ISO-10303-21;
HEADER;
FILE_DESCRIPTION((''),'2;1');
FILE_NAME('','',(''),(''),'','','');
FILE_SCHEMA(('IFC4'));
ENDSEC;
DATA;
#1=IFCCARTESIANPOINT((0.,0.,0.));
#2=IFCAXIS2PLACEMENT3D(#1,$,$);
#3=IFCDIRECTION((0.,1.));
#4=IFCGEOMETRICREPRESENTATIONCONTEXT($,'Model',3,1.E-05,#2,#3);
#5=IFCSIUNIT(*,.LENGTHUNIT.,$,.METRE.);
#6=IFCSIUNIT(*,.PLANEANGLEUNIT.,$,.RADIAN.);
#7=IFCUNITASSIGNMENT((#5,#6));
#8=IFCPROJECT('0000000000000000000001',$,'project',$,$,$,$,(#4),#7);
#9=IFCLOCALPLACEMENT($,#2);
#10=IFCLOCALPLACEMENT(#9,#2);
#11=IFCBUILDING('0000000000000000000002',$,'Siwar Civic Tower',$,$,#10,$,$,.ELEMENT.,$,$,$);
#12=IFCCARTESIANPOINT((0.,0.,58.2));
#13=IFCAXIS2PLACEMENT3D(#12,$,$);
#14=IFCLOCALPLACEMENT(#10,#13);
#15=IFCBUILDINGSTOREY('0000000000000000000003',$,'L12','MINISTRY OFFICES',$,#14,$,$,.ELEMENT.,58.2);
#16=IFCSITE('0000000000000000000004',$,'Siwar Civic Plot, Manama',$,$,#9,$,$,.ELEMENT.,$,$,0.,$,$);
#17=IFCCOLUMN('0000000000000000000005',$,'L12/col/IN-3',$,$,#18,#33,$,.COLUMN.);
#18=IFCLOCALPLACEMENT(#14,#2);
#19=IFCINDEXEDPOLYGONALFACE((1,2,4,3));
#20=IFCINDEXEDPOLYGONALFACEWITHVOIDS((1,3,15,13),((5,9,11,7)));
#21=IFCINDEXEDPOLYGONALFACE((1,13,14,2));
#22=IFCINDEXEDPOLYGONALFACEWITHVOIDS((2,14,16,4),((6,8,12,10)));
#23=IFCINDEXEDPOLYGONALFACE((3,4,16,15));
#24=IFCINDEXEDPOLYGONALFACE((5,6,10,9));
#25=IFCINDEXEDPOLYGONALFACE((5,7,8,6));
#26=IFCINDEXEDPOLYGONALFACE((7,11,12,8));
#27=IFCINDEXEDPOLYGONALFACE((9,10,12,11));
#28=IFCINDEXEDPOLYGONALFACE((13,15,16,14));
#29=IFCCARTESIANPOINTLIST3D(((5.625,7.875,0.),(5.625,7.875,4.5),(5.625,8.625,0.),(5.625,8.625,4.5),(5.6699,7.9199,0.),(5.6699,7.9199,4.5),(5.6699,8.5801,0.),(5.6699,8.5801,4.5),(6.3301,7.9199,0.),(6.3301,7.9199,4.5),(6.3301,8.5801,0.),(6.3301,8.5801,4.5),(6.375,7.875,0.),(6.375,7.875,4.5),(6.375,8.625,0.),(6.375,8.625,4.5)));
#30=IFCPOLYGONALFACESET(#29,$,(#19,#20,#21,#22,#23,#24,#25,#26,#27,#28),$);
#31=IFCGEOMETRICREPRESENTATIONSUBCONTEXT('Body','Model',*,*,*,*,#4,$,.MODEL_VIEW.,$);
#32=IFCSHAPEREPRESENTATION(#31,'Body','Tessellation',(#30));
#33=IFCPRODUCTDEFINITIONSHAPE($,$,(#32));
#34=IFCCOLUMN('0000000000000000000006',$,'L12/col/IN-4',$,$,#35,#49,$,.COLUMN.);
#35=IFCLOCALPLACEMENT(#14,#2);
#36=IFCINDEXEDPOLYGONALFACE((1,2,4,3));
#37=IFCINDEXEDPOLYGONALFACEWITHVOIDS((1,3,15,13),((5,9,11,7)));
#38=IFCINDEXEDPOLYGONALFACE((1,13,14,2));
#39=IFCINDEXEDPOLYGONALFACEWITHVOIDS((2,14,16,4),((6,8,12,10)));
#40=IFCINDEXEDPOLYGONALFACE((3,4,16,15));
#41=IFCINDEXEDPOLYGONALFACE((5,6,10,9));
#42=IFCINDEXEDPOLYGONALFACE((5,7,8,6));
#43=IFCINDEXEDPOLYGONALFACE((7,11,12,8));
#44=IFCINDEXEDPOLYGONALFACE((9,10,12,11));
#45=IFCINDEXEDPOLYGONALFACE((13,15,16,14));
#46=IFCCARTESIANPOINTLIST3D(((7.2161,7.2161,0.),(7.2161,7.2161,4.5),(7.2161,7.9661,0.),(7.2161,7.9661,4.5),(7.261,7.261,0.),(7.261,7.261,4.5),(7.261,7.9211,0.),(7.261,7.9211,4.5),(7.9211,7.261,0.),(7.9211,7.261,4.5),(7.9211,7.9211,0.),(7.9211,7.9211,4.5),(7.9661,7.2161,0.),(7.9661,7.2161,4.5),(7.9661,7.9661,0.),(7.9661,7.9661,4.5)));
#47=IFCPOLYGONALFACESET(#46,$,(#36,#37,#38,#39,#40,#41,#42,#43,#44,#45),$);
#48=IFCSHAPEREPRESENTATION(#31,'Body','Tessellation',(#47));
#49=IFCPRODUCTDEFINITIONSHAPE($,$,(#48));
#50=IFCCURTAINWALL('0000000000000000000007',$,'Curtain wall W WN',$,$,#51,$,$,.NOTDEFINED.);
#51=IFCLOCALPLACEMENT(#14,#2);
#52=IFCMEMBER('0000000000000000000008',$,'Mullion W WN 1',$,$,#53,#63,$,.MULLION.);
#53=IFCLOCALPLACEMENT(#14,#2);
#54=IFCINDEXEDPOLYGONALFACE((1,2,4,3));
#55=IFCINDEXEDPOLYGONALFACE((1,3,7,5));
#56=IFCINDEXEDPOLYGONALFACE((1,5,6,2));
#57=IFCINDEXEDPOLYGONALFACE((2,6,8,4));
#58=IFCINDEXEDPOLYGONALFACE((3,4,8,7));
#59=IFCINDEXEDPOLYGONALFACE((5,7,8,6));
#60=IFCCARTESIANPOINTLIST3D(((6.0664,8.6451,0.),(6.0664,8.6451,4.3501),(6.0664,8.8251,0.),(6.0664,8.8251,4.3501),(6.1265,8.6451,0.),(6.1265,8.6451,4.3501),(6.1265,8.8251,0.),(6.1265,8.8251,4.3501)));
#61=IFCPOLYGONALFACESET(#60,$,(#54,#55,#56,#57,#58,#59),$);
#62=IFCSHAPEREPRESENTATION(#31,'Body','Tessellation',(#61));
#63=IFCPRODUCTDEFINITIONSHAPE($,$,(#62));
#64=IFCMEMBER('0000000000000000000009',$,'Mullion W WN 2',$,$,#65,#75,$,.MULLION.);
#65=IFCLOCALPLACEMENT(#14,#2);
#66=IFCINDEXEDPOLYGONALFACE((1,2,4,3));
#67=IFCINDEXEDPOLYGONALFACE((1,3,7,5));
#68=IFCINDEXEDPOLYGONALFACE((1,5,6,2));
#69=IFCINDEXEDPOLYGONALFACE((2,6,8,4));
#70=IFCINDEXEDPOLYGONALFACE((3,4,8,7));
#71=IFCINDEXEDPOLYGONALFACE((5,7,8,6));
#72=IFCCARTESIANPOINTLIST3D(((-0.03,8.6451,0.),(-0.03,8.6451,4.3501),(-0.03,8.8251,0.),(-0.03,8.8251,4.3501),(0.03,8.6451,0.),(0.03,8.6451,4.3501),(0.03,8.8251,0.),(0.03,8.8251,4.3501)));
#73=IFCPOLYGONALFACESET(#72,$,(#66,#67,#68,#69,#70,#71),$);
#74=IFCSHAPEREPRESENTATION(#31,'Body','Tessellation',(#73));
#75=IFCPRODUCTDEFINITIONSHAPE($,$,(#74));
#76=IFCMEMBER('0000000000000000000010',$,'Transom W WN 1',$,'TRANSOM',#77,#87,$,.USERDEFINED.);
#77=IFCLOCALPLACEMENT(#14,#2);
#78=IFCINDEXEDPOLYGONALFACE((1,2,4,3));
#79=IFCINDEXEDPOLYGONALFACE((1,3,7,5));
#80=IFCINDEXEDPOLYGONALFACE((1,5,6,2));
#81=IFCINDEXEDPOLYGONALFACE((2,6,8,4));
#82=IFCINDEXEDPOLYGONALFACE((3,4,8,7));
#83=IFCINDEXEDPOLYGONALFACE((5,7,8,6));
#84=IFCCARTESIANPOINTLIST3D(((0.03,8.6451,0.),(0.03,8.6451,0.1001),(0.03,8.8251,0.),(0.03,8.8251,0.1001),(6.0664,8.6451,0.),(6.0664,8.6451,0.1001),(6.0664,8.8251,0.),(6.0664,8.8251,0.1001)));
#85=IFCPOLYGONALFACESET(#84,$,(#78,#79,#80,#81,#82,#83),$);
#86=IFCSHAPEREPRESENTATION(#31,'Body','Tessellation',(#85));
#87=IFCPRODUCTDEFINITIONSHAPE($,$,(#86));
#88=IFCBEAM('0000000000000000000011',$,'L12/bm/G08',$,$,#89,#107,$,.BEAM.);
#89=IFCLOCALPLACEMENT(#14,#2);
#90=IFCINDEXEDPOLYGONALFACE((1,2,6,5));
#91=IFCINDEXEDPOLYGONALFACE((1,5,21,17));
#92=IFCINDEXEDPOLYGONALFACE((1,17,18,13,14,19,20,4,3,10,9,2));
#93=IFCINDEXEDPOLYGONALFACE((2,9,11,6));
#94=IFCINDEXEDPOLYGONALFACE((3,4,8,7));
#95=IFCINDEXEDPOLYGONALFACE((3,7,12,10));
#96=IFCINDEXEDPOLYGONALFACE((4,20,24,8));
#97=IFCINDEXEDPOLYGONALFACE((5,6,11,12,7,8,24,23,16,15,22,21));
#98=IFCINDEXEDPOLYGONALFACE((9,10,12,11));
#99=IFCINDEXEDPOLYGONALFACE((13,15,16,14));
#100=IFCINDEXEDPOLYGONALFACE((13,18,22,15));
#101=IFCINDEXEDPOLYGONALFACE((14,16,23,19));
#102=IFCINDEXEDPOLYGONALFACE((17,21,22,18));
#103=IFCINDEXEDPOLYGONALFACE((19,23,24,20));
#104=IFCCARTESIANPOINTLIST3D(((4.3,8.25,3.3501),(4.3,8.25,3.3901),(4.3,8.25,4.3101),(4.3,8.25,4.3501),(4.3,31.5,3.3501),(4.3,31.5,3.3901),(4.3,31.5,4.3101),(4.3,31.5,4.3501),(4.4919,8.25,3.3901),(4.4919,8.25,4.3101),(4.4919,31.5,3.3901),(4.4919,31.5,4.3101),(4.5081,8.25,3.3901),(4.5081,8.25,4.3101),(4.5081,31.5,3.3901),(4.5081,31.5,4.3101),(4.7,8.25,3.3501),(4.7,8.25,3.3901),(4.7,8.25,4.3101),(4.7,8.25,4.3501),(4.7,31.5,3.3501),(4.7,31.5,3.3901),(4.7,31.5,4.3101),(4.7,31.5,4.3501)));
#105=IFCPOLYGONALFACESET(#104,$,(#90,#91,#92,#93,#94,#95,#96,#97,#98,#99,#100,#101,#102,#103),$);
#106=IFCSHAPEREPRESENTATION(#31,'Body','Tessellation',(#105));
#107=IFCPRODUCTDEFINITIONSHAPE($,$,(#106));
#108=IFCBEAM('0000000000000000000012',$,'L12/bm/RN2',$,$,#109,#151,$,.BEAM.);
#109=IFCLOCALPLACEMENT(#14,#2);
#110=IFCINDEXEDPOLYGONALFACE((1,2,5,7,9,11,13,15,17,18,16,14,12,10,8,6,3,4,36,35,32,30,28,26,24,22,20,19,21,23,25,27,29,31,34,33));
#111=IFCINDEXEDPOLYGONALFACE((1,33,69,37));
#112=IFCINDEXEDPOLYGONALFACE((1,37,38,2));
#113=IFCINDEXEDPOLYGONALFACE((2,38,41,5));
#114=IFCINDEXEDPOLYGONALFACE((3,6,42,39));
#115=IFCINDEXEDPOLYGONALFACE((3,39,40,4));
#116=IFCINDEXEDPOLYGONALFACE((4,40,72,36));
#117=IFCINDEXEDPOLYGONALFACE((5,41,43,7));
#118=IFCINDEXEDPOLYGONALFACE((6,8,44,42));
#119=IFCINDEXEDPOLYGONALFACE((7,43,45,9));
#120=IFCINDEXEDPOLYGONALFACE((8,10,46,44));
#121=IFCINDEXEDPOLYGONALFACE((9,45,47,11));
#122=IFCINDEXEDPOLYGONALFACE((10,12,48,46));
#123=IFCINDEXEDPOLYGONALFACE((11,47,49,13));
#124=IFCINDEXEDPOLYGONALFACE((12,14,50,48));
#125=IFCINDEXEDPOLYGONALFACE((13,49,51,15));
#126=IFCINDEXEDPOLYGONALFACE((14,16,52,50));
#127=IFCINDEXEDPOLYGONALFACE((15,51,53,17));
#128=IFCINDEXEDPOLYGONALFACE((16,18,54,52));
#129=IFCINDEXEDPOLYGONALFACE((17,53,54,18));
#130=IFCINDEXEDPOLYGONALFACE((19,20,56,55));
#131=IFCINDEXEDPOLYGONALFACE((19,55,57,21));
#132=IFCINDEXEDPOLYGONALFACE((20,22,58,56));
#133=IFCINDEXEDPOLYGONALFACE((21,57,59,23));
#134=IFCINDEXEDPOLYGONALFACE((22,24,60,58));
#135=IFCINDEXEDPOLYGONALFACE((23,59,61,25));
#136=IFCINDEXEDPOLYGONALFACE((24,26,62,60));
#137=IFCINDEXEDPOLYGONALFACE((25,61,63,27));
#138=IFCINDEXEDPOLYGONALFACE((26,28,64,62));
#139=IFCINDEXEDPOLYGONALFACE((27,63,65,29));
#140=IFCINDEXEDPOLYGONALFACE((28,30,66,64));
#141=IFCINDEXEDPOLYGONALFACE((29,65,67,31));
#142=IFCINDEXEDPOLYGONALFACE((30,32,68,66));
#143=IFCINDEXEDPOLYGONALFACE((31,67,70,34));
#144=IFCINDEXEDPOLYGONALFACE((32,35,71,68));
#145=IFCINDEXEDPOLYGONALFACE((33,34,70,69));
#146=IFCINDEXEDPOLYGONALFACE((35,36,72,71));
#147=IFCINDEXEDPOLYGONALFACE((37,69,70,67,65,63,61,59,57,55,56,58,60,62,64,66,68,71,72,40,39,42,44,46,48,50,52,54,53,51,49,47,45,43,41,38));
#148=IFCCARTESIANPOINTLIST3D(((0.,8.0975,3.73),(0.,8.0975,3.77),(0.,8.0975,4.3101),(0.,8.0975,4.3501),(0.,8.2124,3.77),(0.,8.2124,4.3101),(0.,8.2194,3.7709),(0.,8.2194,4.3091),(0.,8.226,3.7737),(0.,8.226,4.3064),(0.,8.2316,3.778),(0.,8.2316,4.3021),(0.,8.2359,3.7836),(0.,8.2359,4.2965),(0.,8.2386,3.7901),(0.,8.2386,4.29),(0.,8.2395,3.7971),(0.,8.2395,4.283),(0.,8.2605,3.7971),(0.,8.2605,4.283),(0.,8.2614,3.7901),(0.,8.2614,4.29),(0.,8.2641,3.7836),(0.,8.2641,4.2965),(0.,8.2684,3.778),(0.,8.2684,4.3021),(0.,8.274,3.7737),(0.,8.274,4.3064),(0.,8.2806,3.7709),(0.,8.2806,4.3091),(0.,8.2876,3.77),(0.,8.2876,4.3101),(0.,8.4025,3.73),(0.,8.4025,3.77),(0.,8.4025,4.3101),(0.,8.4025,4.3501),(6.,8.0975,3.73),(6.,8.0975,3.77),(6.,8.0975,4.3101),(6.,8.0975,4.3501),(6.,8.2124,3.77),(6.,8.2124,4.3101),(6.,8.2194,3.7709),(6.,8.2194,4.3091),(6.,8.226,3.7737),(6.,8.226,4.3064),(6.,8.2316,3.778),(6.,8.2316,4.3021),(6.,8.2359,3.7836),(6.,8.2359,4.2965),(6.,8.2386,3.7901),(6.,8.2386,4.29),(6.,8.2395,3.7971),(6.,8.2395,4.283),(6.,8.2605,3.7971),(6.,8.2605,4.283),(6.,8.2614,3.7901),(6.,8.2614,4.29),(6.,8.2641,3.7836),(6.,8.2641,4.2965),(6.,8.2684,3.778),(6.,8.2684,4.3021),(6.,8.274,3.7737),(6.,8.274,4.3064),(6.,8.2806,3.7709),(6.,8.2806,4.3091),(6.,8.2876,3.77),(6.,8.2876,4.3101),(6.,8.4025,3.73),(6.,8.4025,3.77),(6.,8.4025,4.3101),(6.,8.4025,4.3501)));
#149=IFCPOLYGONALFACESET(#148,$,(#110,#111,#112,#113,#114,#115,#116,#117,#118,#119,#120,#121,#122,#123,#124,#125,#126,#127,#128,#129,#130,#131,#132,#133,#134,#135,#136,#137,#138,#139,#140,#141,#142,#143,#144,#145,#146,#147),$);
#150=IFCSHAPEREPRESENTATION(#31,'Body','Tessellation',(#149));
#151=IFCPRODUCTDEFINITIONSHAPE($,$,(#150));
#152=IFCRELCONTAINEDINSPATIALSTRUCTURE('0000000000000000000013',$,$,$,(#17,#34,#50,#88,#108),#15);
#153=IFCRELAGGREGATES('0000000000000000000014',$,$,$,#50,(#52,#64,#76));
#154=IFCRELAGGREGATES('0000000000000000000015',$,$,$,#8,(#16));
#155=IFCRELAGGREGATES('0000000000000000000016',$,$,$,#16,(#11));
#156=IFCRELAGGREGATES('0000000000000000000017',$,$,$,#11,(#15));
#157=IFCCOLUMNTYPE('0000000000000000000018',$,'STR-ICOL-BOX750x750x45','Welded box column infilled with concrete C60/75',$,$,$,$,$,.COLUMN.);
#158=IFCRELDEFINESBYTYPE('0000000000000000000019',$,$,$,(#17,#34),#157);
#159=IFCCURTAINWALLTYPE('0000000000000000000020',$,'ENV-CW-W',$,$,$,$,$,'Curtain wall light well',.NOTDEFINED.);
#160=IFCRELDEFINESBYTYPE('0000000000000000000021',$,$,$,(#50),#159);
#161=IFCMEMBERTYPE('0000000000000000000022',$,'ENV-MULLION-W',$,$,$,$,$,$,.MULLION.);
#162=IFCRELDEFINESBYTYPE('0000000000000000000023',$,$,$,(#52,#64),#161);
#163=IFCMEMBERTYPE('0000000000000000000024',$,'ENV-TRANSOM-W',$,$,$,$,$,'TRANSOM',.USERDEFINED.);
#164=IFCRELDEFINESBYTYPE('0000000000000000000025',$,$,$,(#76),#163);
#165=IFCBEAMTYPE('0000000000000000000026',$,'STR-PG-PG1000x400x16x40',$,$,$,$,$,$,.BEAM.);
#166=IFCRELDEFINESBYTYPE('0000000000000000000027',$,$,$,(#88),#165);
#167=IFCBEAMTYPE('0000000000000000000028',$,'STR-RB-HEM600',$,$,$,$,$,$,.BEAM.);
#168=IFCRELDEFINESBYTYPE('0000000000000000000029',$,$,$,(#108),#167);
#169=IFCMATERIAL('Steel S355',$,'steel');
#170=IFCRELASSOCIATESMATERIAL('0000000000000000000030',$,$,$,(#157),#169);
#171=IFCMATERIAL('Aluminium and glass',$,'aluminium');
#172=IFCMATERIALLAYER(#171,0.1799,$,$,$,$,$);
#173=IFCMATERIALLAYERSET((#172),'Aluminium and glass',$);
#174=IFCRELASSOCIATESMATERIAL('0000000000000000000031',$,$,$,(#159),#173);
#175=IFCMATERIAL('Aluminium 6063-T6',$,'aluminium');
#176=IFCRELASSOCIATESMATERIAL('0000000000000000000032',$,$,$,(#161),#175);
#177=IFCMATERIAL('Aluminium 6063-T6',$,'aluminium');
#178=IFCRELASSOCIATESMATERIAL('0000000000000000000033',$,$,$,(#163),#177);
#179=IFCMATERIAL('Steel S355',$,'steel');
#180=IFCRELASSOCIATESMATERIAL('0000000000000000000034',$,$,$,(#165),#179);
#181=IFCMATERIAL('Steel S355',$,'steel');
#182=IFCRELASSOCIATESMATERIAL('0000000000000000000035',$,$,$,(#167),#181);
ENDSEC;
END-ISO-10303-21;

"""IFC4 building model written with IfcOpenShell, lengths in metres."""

from ifc_helpers import new_model, si_unit, direction, frame, origin, origin_2d, place, context, subcontext, project, spatial, rectangle, hollow_rectangle, i_section, extrude, material, layer, layer_set, material_profile, profile_set, type_object, element, aggregate, save


model = new_model("IFC4")

# Units and contexts
model_context = context("Model", 3, precision=1e-05, world=origin(), true_north=direction((0.0, 1.0)))
body_context = subcontext(model_context, "Body", "Model", "MODEL_VIEW")
ifc_project = project(units=[si_unit("LENGTHUNIT", "METRE"), si_unit("PLANEANGLEUNIT", "RADIAN")], contexts=[model_context])

# Site, building, storey
site_placement = place(None, origin())
site = spatial("IfcSite", under=ifc_project, at=site_placement, Name="Siwar Civic Plot, Manama", CompositionType="ELEMENT", RefElevation=0.0)
building_placement = place(site_placement, origin())
building = spatial("IfcBuilding", under=site, at=building_placement, Name="Siwar Civic Tower", CompositionType="ELEMENT")
storey_placement = place(building_placement, frame((0.0, 0.0, 58.2)))
storey = spatial("IfcBuildingStorey", under=building, at=storey_placement, Name="L12", Description="MINISTRY OFFICES", CompositionType="ELEMENT", Elevation=58.2)

# Columns
ifc_material_1 = material(Name="Steel S355", Category="steel")
ifc_material_profile_1 = material_profile(ifc_material_1, hollow_rectangle(XDim=0.75, YDim=0.75, WallThickness=0.0449, at=origin_2d()), Name="BOX750x750x45")
ifc_profile_set_1 = profile_set([ifc_material_profile_1], Name="Steel S355")
column_type = type_object("IfcColumnType", Name="STR-ICOL-BOX750x750x45", Description="Welded box column infilled with concrete C60/75", PredefinedType="COLUMN", material=ifc_profile_set_1)
for number, where, z_axis, x_axis, name in (
    (1, (6.0, 8.25, 0.0), (0.0, 0.0, 1.0), (1.0, 0.0, 0.0), "L12/col/IN-3"),
    (2, (7.5911, 7.5911, 0.0), (0.0, 0.0, 1.0), (1.0, 0.0, 0.0), "L12/col/IN-4"),
):
    element("IfcColumn", number, at=place(storey_placement, frame(where, z_axis=z_axis, x_axis=x_axis)), inside=storey, type_object=column_type, Name=name, PredefinedType="COLUMN", context=body_context, shape_type="SweptSolid", body=[
        extrude(hollow_rectangle(XDim=0.75, YDim=0.75, WallThickness=0.0449, at=origin_2d()), origin(), (0.0, 0.0, 1.0), 4.5),
    ])

# Curtain wall, members
ifc_material_2 = material(Name="Aluminium and glass", Category="aluminium")
ifc_layer_1 = layer(ifc_material_2, 0.1799)
ifc_layer_set_1 = layer_set([ifc_layer_1], Name="Aluminium and glass")
curtain_wall_type = type_object("IfcCurtainWallType", Name="ENV-CW-W", ElementType="Curtain wall light well", PredefinedType="NOTDEFINED", material=ifc_layer_set_1)
curtain_wall_placement = place(storey_placement, origin())
curtain_wall = element("IfcCurtainWall", 3, at=curtain_wall_placement, inside=storey, type_object=curtain_wall_type, Name="Curtain wall W WN", PredefinedType="NOTDEFINED")
ifc_material_3 = material(Name="Aluminium 6063-T6", Category="aluminium")
ifc_material_profile_2 = material_profile(ifc_material_3, rectangle(XDim=0.1799, YDim=0.0601, at=origin_2d()), Name="AL 180x60")
ifc_profile_set_2 = profile_set([ifc_material_profile_2], Name="Aluminium 6063-T6")
member_type_1 = type_object("IfcMemberType", Name="ENV-MULLION-W", PredefinedType="MULLION", material=ifc_profile_set_2)
member_1_placement = place(storey_placement, frame((6.0964, 8.7351, 0.0), z_axis=(0.0, 0.0, 1.0), x_axis=(0.0, -1.0, 0.0)))
member_1 = element("IfcMember", 4, at=member_1_placement, type_object=member_type_1, Name="Mullion W WN 1", PredefinedType="MULLION", context=body_context, shape_type="SweptSolid", body=[
    extrude(rectangle(XDim=0.1799, YDim=0.0601, at=origin_2d()), origin(), (0.0, 0.0, 1.0), 4.3501),
])
member_2_placement = place(storey_placement, frame((0.0, 8.7351, 0.0), z_axis=(0.0, 0.0, 1.0), x_axis=(0.0, -1.0, 0.0)))
member_2 = element("IfcMember", 5, at=member_2_placement, type_object=member_type_1, Name="Mullion W WN 2", PredefinedType="MULLION", context=body_context, shape_type="SweptSolid", body=[
    extrude(rectangle(XDim=0.1799, YDim=0.0601, at=origin_2d()), origin(), (0.0, 0.0, 1.0), 4.3501),
])
ifc_material_4 = material(Name="Aluminium 6063-T6", Category="aluminium")
ifc_material_profile_3 = material_profile(ifc_material_4, rectangle(XDim=0.1799, YDim=0.1001, at=origin_2d()), Name="AL 180x100")
ifc_profile_set_3 = profile_set([ifc_material_profile_3], Name="Aluminium 6063-T6")
member_type_2 = type_object("IfcMemberType", Name="ENV-TRANSOM-W", ElementType="TRANSOM", PredefinedType="USERDEFINED", material=ifc_profile_set_3)
member_3_placement = place(storey_placement, frame((6.0664, 8.7351, 0.05), z_axis=(-1.0, 0.0, 0.0), x_axis=(0.0, -1.0, 0.0)))
member_3 = element("IfcMember", 6, at=member_3_placement, type_object=member_type_2, Name="Transom W WN 1", ObjectType="TRANSOM", PredefinedType="USERDEFINED", context=body_context, shape_type="SweptSolid", body=[
    extrude(rectangle(XDim=0.1799, YDim=0.1001, at=origin_2d()), origin(), (0.0, 0.0, 1.0), 6.0364),
])

# Beams
ifc_material_5 = material(Name="Steel S355", Category="steel")
ifc_material_profile_4 = material_profile(ifc_material_5, i_section(OverallWidth=0.3999, OverallDepth=1.0, WebThickness=0.0161, FlangeThickness=0.04, at=origin_2d()), Name="PG1000x400x16x40")
ifc_profile_set_4 = profile_set([ifc_material_profile_4], Name="Steel S355")
beam_type_1 = type_object("IfcBeamType", Name="STR-PG-PG1000x400x16x40", PredefinedType="BEAM", material=ifc_profile_set_4)
beam_1_placement = place(storey_placement, frame((4.5, 8.25, 3.8501), z_axis=(0.0, 1.0, 0.0), x_axis=(-1.0, 0.0, 0.0)))
element("IfcBeam", 7, at=beam_1_placement, inside=storey, type_object=beam_type_1, Name="L12/bm/G08", PredefinedType="BEAM", context=body_context, shape_type="SweptSolid", body=[
    extrude(i_section(OverallWidth=0.3999, OverallDepth=1.0, WebThickness=0.0161, FlangeThickness=0.04, at=origin_2d()), origin(), (0.0, 0.0, 1.0), 23.25),
])
ifc_material_6 = material(Name="Steel S355", Category="steel")
ifc_material_profile_5 = material_profile(ifc_material_6, i_section(OverallWidth=0.3049, OverallDepth=0.6201, WebThickness=0.021, FlangeThickness=0.04, FilletRadius=0.0271, at=origin_2d()), Name="HEM600")
ifc_profile_set_5 = profile_set([ifc_material_profile_5], Name="Steel S355")
beam_type_2 = type_object("IfcBeamType", Name="STR-RB-HEM600", PredefinedType="BEAM", material=ifc_profile_set_5)
beam_2_placement = place(storey_placement, frame((0.0, 8.25, 4.04), z_axis=(1.0, 0.0, 0.0), x_axis=(0.0, 1.0, 0.0)))
element("IfcBeam", 8, at=beam_2_placement, inside=storey, type_object=beam_type_2, Name="L12/bm/RN2", PredefinedType="BEAM", context=body_context, shape_type="SweptSolid", body=[
    extrude(i_section(OverallWidth=0.3049, OverallDepth=0.6201, WebThickness=0.021, FlangeThickness=0.04, FilletRadius=0.0271, at=origin_2d()), origin(), (0.0, 0.0, 1.0), 6.0),
])

aggregate(curtain_wall, [member_1, member_2, member_3])

save(model, "model.ifc")
